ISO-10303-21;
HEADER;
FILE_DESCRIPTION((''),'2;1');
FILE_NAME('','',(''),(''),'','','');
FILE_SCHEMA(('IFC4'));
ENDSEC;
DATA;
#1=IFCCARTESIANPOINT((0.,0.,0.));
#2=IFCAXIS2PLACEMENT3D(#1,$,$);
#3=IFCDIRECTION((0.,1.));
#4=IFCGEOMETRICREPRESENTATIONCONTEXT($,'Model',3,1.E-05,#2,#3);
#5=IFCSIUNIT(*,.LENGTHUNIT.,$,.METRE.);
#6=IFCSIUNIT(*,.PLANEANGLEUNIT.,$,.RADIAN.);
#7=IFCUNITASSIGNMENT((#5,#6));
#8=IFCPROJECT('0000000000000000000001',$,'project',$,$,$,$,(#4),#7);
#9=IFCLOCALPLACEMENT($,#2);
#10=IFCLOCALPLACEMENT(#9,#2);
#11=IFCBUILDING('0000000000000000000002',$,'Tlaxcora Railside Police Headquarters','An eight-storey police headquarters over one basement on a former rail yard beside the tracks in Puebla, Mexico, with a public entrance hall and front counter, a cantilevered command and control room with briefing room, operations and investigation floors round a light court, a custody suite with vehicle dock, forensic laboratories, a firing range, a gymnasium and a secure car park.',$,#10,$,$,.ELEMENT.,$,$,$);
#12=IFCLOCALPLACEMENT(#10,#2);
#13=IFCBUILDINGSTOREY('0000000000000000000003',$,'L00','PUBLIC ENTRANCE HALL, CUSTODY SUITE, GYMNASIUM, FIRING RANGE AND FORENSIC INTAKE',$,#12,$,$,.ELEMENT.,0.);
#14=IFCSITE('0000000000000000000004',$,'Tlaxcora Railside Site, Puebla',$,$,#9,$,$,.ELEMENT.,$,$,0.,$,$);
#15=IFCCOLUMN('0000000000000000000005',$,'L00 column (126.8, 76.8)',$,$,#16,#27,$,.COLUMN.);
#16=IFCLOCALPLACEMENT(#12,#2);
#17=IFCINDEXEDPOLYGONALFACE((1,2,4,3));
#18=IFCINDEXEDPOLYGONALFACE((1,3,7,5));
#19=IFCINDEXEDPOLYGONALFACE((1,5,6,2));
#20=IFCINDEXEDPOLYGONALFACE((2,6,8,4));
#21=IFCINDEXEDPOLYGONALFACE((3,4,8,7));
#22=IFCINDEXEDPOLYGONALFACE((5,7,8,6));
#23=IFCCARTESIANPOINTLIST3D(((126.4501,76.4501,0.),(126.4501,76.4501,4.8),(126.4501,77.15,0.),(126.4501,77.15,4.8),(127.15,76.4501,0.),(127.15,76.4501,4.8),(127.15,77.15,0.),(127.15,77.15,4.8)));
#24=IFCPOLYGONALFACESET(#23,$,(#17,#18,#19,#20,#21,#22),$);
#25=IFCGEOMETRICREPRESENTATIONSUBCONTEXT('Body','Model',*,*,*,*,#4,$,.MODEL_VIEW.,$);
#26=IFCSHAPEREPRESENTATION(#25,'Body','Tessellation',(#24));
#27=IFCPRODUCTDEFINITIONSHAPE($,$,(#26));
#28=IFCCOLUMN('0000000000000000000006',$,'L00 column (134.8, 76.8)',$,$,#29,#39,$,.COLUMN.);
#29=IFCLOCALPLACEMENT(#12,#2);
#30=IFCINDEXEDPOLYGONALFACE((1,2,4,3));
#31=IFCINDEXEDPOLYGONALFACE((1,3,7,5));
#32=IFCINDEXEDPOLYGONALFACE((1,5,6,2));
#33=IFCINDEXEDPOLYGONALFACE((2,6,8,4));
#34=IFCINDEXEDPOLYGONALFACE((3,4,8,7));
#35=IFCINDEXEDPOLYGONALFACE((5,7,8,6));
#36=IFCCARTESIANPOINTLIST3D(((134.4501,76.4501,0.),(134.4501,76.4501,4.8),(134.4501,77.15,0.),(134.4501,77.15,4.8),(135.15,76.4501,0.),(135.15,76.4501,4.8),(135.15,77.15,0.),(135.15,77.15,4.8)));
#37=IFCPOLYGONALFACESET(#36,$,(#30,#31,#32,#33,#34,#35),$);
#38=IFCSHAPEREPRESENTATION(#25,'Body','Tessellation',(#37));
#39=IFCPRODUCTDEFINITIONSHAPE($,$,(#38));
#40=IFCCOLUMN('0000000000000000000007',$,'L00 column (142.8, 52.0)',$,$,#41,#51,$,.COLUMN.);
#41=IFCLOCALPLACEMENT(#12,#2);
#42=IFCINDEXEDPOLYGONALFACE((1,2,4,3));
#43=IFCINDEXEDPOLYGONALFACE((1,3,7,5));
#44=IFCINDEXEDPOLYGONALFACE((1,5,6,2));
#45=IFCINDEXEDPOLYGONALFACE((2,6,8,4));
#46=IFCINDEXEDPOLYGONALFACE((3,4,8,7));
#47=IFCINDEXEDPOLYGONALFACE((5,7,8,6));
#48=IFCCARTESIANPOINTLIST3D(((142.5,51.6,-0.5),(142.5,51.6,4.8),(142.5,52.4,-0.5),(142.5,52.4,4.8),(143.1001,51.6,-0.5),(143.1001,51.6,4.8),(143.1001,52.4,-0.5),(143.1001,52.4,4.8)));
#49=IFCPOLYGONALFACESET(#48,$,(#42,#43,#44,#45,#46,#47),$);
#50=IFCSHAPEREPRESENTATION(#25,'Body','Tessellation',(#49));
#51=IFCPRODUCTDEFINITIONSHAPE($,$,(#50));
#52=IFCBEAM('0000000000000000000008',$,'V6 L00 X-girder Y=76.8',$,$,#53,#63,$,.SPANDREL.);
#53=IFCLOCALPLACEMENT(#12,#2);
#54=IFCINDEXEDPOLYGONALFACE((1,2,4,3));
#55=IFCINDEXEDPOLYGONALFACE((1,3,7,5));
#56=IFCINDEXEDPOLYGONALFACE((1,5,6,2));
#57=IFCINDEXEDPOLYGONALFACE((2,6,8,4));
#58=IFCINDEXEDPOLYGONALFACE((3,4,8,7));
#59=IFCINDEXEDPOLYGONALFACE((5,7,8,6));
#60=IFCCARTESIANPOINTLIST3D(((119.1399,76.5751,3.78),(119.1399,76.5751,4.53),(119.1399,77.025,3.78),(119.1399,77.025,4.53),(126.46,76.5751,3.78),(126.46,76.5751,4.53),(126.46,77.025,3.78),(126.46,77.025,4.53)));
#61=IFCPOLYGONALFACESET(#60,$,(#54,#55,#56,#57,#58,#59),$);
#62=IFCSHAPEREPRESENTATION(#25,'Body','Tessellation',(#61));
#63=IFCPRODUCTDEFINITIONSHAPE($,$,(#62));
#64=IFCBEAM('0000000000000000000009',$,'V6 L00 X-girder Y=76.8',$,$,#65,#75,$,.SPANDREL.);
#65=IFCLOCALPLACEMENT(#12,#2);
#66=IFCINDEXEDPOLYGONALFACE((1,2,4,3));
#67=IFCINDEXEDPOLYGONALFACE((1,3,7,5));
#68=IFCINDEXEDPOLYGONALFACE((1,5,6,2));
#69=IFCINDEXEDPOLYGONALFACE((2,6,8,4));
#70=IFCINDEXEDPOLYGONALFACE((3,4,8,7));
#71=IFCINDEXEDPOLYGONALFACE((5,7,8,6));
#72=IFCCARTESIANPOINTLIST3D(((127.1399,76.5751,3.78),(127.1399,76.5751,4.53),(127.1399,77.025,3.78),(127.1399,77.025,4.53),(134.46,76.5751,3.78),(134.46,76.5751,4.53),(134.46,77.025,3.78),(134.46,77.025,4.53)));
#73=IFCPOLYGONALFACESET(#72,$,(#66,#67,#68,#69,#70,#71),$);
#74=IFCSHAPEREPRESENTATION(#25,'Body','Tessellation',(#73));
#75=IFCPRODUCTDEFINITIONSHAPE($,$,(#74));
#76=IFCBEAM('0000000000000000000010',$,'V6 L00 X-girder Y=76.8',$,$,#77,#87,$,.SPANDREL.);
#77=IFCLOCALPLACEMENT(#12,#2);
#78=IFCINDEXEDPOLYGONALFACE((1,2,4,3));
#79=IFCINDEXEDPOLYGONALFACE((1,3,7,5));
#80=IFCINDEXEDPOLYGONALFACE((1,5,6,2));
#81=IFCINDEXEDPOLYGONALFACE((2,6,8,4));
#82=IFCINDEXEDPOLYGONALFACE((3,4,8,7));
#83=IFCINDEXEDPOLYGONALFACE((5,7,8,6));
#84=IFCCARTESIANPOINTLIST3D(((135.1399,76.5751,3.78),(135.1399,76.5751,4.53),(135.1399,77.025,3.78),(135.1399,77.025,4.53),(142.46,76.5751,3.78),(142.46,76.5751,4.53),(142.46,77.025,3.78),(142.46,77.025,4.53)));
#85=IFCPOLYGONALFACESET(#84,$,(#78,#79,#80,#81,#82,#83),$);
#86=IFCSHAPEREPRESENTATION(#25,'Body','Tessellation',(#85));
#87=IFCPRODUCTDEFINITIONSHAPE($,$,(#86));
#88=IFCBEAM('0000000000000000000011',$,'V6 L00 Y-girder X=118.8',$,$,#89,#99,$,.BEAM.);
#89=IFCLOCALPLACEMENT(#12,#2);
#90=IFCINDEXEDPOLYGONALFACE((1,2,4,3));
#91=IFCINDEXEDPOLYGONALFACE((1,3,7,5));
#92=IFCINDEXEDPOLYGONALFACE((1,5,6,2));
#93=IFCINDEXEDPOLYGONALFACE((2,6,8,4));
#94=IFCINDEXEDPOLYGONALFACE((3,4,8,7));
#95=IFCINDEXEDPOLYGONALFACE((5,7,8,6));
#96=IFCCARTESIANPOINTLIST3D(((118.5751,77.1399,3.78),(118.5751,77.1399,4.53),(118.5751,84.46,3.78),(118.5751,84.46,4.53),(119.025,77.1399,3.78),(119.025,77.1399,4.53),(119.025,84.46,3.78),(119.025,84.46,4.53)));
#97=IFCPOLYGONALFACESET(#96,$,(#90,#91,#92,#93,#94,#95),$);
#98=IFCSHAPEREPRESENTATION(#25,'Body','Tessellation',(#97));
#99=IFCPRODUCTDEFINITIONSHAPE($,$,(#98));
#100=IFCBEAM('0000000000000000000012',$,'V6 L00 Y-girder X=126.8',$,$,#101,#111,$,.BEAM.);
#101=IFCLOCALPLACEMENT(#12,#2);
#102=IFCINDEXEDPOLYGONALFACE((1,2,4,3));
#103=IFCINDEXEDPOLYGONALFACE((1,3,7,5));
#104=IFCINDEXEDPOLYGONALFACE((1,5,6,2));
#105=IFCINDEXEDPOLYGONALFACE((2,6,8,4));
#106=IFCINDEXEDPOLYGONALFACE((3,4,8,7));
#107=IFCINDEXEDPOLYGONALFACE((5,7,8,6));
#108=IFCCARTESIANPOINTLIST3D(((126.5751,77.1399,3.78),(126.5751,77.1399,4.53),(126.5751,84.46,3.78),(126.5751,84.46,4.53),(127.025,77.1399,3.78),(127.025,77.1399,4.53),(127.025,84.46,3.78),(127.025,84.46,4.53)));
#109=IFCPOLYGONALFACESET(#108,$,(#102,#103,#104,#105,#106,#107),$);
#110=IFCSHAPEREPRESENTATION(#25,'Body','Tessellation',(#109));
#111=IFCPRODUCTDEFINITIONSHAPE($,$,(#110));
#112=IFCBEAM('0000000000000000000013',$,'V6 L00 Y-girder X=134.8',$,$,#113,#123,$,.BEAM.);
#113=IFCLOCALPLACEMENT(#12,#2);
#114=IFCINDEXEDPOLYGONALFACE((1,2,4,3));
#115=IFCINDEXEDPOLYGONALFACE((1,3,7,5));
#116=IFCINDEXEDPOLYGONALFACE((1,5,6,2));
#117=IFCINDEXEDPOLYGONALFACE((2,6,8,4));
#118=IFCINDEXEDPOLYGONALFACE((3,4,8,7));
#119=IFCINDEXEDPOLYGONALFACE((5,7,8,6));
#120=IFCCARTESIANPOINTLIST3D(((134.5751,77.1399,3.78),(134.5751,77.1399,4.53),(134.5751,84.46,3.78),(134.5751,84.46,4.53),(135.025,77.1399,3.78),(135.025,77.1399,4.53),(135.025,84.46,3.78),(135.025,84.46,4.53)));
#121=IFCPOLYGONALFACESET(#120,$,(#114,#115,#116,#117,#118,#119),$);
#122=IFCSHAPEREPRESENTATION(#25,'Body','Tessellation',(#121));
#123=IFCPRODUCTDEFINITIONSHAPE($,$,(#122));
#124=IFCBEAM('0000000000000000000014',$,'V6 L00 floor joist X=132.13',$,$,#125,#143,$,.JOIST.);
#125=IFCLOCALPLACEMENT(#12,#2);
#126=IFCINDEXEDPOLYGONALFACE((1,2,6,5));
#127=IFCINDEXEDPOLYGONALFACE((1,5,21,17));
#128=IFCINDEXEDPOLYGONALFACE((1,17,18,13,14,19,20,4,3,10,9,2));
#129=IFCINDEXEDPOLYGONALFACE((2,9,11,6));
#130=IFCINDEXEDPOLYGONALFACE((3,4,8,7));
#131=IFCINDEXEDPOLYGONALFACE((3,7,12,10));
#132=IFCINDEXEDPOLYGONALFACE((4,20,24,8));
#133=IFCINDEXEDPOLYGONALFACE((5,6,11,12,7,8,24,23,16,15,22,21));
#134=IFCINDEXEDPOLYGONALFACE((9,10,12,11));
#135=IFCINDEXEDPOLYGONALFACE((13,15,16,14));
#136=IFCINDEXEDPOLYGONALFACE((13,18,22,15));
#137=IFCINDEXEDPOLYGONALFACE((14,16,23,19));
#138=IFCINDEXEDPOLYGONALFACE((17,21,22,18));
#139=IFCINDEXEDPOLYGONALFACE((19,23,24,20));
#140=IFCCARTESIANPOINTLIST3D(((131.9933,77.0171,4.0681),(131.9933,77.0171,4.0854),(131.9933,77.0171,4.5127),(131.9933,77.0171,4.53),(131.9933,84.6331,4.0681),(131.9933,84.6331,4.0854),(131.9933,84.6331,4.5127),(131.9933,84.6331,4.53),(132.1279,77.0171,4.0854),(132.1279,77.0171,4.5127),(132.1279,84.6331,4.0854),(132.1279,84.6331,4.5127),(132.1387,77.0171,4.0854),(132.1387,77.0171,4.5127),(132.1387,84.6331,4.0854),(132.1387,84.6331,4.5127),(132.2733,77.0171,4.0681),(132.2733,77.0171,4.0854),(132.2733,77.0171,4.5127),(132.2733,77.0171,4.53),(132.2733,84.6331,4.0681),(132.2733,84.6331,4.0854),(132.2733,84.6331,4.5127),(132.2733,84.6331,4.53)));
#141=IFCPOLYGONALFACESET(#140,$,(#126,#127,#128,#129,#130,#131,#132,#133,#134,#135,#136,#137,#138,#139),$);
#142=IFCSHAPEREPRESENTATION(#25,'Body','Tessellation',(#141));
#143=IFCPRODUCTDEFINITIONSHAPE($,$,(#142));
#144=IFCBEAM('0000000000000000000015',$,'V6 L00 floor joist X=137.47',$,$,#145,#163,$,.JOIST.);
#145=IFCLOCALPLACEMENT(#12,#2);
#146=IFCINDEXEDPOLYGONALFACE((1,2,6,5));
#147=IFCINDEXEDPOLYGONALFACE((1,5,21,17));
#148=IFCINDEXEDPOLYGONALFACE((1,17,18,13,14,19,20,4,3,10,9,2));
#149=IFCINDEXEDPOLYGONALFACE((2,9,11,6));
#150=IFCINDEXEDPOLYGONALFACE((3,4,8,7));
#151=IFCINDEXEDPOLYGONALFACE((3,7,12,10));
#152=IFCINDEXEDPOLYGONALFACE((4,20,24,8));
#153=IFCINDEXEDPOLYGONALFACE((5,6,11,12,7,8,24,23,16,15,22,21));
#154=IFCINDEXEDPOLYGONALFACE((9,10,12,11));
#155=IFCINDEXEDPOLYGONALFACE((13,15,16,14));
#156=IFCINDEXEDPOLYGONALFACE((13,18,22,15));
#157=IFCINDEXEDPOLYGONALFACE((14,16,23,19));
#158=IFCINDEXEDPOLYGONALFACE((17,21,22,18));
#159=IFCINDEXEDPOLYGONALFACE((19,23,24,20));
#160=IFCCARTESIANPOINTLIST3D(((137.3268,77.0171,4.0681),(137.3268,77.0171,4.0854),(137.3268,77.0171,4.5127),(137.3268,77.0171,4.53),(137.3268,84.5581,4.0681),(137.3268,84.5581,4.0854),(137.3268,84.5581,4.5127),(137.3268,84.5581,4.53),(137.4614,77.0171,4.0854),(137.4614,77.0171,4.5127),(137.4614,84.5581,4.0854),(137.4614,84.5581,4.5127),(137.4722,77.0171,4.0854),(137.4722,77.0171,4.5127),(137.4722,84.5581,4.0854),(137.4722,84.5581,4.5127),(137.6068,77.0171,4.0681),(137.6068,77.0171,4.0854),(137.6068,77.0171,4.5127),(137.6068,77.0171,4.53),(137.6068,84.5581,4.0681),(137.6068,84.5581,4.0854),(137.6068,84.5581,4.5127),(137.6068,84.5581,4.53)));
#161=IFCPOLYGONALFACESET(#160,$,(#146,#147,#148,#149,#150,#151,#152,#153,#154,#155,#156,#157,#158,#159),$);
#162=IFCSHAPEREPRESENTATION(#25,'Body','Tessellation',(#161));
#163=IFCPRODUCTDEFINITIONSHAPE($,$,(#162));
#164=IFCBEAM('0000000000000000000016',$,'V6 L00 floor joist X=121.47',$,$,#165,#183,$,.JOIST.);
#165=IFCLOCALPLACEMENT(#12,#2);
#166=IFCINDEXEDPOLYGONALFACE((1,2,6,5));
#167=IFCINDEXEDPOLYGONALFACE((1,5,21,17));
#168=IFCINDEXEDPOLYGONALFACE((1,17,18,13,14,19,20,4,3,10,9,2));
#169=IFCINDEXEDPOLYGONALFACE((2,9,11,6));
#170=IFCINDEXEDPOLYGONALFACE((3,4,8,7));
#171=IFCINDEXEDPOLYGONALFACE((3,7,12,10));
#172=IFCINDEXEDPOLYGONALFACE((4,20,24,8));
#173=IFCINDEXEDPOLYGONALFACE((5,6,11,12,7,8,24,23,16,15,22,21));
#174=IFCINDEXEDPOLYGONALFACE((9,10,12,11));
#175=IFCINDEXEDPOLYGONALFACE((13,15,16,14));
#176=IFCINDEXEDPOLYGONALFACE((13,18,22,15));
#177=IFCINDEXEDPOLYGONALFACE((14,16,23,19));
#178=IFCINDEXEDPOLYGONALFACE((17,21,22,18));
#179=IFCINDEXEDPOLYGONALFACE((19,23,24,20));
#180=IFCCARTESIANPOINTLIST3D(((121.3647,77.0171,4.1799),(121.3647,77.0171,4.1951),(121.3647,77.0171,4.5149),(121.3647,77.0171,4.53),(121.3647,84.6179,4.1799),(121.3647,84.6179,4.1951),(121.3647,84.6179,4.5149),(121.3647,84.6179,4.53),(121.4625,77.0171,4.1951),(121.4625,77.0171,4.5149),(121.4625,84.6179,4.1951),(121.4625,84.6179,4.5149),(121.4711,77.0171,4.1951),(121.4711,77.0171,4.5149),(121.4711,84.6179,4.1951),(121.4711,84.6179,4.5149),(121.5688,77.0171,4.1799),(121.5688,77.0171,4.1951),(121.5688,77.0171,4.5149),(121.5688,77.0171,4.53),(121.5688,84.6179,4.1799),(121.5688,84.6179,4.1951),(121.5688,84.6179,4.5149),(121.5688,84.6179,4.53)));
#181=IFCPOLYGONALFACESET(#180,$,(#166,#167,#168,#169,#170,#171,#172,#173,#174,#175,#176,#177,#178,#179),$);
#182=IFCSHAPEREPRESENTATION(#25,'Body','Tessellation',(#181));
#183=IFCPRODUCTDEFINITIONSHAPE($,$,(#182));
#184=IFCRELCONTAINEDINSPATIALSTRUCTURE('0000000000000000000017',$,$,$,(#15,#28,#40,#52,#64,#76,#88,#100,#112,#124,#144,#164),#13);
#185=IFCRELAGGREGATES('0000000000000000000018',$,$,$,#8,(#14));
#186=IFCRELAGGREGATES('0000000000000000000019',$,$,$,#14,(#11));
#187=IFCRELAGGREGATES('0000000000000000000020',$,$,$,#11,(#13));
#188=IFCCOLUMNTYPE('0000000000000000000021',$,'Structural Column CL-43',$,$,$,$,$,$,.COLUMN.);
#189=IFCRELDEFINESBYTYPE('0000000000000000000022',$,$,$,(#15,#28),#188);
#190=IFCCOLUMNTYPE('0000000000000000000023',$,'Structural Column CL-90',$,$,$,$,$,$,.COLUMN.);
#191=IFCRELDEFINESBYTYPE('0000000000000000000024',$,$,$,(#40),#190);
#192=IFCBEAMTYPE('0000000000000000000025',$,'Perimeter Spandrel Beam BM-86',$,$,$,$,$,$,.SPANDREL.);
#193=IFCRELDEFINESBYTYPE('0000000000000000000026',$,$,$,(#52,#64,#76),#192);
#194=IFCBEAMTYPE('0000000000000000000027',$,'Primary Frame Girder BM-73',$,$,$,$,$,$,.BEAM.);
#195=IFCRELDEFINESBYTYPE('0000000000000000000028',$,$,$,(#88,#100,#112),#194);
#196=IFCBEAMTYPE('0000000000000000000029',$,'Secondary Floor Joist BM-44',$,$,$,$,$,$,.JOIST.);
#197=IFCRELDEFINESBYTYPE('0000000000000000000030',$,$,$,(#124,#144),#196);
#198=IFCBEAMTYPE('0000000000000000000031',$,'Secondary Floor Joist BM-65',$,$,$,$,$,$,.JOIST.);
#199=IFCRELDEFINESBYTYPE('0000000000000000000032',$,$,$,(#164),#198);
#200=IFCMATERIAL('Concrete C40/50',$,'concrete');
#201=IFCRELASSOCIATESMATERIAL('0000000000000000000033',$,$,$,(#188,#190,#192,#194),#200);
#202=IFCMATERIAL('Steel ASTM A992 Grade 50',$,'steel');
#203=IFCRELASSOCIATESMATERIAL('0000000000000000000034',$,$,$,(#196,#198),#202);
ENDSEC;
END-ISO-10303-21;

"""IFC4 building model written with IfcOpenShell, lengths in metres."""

from ifc_helpers import new_model, si_unit, direction, frame, origin, origin_2d, place, context, subcontext, project, spatial, rectangle, i_section, extrude, material, material_profile, profile_set, type_object, element, save


model = new_model("IFC4")

# Units and contexts
model_context = context("Model", 3, precision=1e-05, world=origin(), true_north=direction((0.0, 1.0)))
body_context = subcontext(model_context, "Body", "Model", "MODEL_VIEW")
ifc_project = project(units=[si_unit("LENGTHUNIT", "METRE"), si_unit("PLANEANGLEUNIT", "RADIAN")], contexts=[model_context])

# Site, building, storey
site_placement = place(None, origin())
site = spatial("IfcSite", under=ifc_project, at=site_placement, Name="Tlaxcora Railside Site, Puebla", CompositionType="ELEMENT", RefElevation=0.0)
building_placement = place(site_placement, origin())
building = spatial("IfcBuilding", under=site, at=building_placement, Name="Tlaxcora Railside Police Headquarters", Description="An eight-storey police headquarters over one basement on a former rail yard beside the tracks in Puebla, Mexico, with a public entrance hall and front counter, a cantilevered command and control room with briefing room, operations and investigation floors round a light court, a custody suite with vehicle dock, forensic laboratories, a firing range, a gymnasium and a secure car park.", CompositionType="ELEMENT")
storey_placement = place(building_placement, origin())
storey = spatial("IfcBuildingStorey", under=building, at=storey_placement, Name="L00", Description="PUBLIC ENTRANCE HALL, CUSTODY SUITE, GYMNASIUM, FIRING RANGE AND FORENSIC INTAKE", CompositionType="ELEMENT", Elevation=0.0)

# Shared definitions
ifc_material_1 = material(Name="Concrete C40/50", Category="concrete")

# Columns
ifc_material_profile_1 = material_profile(ifc_material_1, rectangle(XDim=0.7, YDim=0.7, at=origin_2d()), Name="RC700X700")
ifc_profile_set_1 = profile_set([ifc_material_profile_1], Name="Concrete C40/50")
column_type_1 = type_object("IfcColumnType", Name="Structural Column CL-43", PredefinedType="COLUMN", material=ifc_profile_set_1)
for number, where, z_axis, x_axis, name in (
    (1, (126.8, 76.8, 0.0), (0.0, 0.0, 1.0), (1.0, 0.0, 0.0), "L00 column (126.8, 76.8)"),
    (2, (134.8, 76.8, 0.0), (0.0, 0.0, 1.0), (1.0, 0.0, 0.0), "L00 column (134.8, 76.8)"),
):
    element("IfcColumn", number, at=place(storey_placement, frame(where, z_axis=z_axis, x_axis=x_axis)), inside=storey, type_object=column_type_1, Name=name, PredefinedType="COLUMN", context=body_context, shape_type="SweptSolid", body=[
        extrude(rectangle(XDim=0.7, YDim=0.7, at=origin_2d()), origin(), (0.0, 0.0, 1.0), 4.8),
    ])
ifc_material_profile_2 = material_profile(ifc_material_1, rectangle(XDim=0.6001, YDim=0.8, at=origin_2d()), Name="RC600X800")
ifc_profile_set_2 = profile_set([ifc_material_profile_2], Name="Concrete C40/50")
column_type_2 = type_object("IfcColumnType", Name="Structural Column CL-90", PredefinedType="COLUMN", material=ifc_profile_set_2)
column_placement = place(storey_placement, frame((142.8, 52.0, -0.5), z_axis=(0.0, 0.0, 1.0), x_axis=(1.0, 0.0, 0.0)))
element("IfcColumn", 3, at=column_placement, inside=storey, type_object=column_type_2, Name="L00 column (142.8, 52.0)", PredefinedType="COLUMN", context=body_context, shape_type="SweptSolid", body=[
    extrude(rectangle(XDim=0.6001, YDim=0.8, at=origin_2d()), origin(), (0.0, 0.0, 1.0), 5.3),
])

# Beams
ifc_material_profile_3 = material_profile(ifc_material_1, rectangle(XDim=0.45, YDim=0.75, at=origin_2d()), Name="RC450X750")
ifc_profile_set_3 = profile_set([ifc_material_profile_3], Name="Concrete C40/50")
beam_type_1 = type_object("IfcBeamType", Name="Perimeter Spandrel Beam BM-86", PredefinedType="SPANDREL", material=ifc_profile_set_3)
for number, where, z_axis, x_axis, name in (
    (4, (119.1399, 76.8, 4.155), (1.0, 0.0, 0.0), (0.0, 1.0, 0.0), "V6 L00 X-girder Y=76.8"),
    (5, (127.1399, 76.8, 4.155), (1.0, 0.0, 0.0), (0.0, 1.0, 0.0), "V6 L00 X-girder Y=76.8"),
    (6, (135.1399, 76.8, 4.155), (1.0, 0.0, 0.0), (0.0, 1.0, 0.0), "V6 L00 X-girder Y=76.8"),
):
    element("IfcBeam", number, at=place(storey_placement, frame(where, z_axis=z_axis, x_axis=x_axis)), inside=storey, type_object=beam_type_1, Name=name, PredefinedType="SPANDREL", context=body_context, shape_type="SweptSolid", body=[
        extrude(rectangle(XDim=0.45, YDim=0.75, at=origin_2d()), origin(), (0.0, 0.0, 1.0), 7.3201),
    ])
ifc_material_profile_4 = material_profile(ifc_material_1, rectangle(XDim=0.45, YDim=0.75, at=origin_2d()), Name="RC450X750")
ifc_profile_set_4 = profile_set([ifc_material_profile_4], Name="Concrete C40/50")
beam_type_2 = type_object("IfcBeamType", Name="Primary Frame Girder BM-73", PredefinedType="BEAM", material=ifc_profile_set_4)
for number, where, z_axis, x_axis, name in (
    (7, (118.8, 77.1399, 4.155), (0.0, 1.0, 0.0), (-1.0, 0.0, 0.0), "V6 L00 Y-girder X=118.8"),
    (8, (126.8, 77.1399, 4.155), (0.0, 1.0, 0.0), (-1.0, 0.0, 0.0), "V6 L00 Y-girder X=126.8"),
    (9, (134.8, 77.1399, 4.155), (0.0, 1.0, 0.0), (-1.0, 0.0, 0.0), "V6 L00 Y-girder X=134.8"),
):
    element("IfcBeam", number, at=place(storey_placement, frame(where, z_axis=z_axis, x_axis=x_axis)), inside=storey, type_object=beam_type_2, Name=name, PredefinedType="BEAM", context=body_context, shape_type="SweptSolid", body=[
        extrude(rectangle(XDim=0.45, YDim=0.75, at=origin_2d()), origin(), (0.0, 0.0, 1.0), 7.3201),
    ])
ifc_material_2 = material(Name="Steel ASTM A992 Grade 50", Category="steel")
ifc_material_profile_5 = material_profile(ifc_material_2, i_section(OverallWidth=0.28, OverallDepth=0.4619, WebThickness=0.0107, FlangeThickness=0.0173, at=origin_2d()), Name="W18X76")
ifc_profile_set_5 = profile_set([ifc_material_profile_5], Name="Steel ASTM A992 Grade 50")
beam_type_3 = type_object("IfcBeamType", Name="Secondary Floor Joist BM-44", PredefinedType="JOIST", material=ifc_profile_set_5)
beam_1_placement = place(storey_placement, frame((132.1333, 77.0171, 4.2991), z_axis=(0.0, 1.0, 0.0), x_axis=(-1.0, 0.0, 0.0)))
element("IfcBeam", 10, at=beam_1_placement, inside=storey, type_object=beam_type_3, Name="V6 L00 floor joist X=132.13", PredefinedType="JOIST", context=body_context, shape_type="SweptSolid", body=[
    extrude(i_section(OverallWidth=0.28, OverallDepth=0.4619, WebThickness=0.0107, FlangeThickness=0.0173, at=origin_2d()), origin(), (0.0, 0.0, 1.0), 7.616),
])
beam_2_placement = place(storey_placement, frame((137.4668, 77.0171, 4.2991), z_axis=(0.0, 1.0, 0.0), x_axis=(-1.0, 0.0, 0.0)))
element("IfcBeam", 11, at=beam_2_placement, inside=storey, type_object=beam_type_3, Name="V6 L00 floor joist X=137.47", PredefinedType="JOIST", context=body_context, shape_type="SweptSolid", body=[
    extrude(i_section(OverallWidth=0.28, OverallDepth=0.4619, WebThickness=0.0107, FlangeThickness=0.0173, at=origin_2d()), origin(), (0.0, 0.0, 1.0), 7.541),
])
ifc_material_profile_6 = material_profile(ifc_material_2, i_section(OverallWidth=0.2041, OverallDepth=0.3501, WebThickness=0.0085, FlangeThickness=0.0151, at=origin_2d()), Name="W14X48")
ifc_profile_set_6 = profile_set([ifc_material_profile_6], Name="Steel ASTM A992 Grade 50")
beam_type_4 = type_object("IfcBeamType", Name="Secondary Floor Joist BM-65", PredefinedType="JOIST", material=ifc_profile_set_6)
beam_3_placement = place(storey_placement, frame((121.4668, 77.0171, 4.355), z_axis=(0.0, 1.0, 0.0), x_axis=(-1.0, 0.0, 0.0)))
element("IfcBeam", 12, at=beam_3_placement, inside=storey, type_object=beam_type_4, Name="V6 L00 floor joist X=121.47", PredefinedType="JOIST", context=body_context, shape_type="SweptSolid", body=[
    extrude(i_section(OverallWidth=0.2041, OverallDepth=0.3501, WebThickness=0.0085, FlangeThickness=0.0151, at=origin_2d()), origin(), (0.0, 0.0, 1.0), 7.6008),
])

save(model, "model.ifc")
